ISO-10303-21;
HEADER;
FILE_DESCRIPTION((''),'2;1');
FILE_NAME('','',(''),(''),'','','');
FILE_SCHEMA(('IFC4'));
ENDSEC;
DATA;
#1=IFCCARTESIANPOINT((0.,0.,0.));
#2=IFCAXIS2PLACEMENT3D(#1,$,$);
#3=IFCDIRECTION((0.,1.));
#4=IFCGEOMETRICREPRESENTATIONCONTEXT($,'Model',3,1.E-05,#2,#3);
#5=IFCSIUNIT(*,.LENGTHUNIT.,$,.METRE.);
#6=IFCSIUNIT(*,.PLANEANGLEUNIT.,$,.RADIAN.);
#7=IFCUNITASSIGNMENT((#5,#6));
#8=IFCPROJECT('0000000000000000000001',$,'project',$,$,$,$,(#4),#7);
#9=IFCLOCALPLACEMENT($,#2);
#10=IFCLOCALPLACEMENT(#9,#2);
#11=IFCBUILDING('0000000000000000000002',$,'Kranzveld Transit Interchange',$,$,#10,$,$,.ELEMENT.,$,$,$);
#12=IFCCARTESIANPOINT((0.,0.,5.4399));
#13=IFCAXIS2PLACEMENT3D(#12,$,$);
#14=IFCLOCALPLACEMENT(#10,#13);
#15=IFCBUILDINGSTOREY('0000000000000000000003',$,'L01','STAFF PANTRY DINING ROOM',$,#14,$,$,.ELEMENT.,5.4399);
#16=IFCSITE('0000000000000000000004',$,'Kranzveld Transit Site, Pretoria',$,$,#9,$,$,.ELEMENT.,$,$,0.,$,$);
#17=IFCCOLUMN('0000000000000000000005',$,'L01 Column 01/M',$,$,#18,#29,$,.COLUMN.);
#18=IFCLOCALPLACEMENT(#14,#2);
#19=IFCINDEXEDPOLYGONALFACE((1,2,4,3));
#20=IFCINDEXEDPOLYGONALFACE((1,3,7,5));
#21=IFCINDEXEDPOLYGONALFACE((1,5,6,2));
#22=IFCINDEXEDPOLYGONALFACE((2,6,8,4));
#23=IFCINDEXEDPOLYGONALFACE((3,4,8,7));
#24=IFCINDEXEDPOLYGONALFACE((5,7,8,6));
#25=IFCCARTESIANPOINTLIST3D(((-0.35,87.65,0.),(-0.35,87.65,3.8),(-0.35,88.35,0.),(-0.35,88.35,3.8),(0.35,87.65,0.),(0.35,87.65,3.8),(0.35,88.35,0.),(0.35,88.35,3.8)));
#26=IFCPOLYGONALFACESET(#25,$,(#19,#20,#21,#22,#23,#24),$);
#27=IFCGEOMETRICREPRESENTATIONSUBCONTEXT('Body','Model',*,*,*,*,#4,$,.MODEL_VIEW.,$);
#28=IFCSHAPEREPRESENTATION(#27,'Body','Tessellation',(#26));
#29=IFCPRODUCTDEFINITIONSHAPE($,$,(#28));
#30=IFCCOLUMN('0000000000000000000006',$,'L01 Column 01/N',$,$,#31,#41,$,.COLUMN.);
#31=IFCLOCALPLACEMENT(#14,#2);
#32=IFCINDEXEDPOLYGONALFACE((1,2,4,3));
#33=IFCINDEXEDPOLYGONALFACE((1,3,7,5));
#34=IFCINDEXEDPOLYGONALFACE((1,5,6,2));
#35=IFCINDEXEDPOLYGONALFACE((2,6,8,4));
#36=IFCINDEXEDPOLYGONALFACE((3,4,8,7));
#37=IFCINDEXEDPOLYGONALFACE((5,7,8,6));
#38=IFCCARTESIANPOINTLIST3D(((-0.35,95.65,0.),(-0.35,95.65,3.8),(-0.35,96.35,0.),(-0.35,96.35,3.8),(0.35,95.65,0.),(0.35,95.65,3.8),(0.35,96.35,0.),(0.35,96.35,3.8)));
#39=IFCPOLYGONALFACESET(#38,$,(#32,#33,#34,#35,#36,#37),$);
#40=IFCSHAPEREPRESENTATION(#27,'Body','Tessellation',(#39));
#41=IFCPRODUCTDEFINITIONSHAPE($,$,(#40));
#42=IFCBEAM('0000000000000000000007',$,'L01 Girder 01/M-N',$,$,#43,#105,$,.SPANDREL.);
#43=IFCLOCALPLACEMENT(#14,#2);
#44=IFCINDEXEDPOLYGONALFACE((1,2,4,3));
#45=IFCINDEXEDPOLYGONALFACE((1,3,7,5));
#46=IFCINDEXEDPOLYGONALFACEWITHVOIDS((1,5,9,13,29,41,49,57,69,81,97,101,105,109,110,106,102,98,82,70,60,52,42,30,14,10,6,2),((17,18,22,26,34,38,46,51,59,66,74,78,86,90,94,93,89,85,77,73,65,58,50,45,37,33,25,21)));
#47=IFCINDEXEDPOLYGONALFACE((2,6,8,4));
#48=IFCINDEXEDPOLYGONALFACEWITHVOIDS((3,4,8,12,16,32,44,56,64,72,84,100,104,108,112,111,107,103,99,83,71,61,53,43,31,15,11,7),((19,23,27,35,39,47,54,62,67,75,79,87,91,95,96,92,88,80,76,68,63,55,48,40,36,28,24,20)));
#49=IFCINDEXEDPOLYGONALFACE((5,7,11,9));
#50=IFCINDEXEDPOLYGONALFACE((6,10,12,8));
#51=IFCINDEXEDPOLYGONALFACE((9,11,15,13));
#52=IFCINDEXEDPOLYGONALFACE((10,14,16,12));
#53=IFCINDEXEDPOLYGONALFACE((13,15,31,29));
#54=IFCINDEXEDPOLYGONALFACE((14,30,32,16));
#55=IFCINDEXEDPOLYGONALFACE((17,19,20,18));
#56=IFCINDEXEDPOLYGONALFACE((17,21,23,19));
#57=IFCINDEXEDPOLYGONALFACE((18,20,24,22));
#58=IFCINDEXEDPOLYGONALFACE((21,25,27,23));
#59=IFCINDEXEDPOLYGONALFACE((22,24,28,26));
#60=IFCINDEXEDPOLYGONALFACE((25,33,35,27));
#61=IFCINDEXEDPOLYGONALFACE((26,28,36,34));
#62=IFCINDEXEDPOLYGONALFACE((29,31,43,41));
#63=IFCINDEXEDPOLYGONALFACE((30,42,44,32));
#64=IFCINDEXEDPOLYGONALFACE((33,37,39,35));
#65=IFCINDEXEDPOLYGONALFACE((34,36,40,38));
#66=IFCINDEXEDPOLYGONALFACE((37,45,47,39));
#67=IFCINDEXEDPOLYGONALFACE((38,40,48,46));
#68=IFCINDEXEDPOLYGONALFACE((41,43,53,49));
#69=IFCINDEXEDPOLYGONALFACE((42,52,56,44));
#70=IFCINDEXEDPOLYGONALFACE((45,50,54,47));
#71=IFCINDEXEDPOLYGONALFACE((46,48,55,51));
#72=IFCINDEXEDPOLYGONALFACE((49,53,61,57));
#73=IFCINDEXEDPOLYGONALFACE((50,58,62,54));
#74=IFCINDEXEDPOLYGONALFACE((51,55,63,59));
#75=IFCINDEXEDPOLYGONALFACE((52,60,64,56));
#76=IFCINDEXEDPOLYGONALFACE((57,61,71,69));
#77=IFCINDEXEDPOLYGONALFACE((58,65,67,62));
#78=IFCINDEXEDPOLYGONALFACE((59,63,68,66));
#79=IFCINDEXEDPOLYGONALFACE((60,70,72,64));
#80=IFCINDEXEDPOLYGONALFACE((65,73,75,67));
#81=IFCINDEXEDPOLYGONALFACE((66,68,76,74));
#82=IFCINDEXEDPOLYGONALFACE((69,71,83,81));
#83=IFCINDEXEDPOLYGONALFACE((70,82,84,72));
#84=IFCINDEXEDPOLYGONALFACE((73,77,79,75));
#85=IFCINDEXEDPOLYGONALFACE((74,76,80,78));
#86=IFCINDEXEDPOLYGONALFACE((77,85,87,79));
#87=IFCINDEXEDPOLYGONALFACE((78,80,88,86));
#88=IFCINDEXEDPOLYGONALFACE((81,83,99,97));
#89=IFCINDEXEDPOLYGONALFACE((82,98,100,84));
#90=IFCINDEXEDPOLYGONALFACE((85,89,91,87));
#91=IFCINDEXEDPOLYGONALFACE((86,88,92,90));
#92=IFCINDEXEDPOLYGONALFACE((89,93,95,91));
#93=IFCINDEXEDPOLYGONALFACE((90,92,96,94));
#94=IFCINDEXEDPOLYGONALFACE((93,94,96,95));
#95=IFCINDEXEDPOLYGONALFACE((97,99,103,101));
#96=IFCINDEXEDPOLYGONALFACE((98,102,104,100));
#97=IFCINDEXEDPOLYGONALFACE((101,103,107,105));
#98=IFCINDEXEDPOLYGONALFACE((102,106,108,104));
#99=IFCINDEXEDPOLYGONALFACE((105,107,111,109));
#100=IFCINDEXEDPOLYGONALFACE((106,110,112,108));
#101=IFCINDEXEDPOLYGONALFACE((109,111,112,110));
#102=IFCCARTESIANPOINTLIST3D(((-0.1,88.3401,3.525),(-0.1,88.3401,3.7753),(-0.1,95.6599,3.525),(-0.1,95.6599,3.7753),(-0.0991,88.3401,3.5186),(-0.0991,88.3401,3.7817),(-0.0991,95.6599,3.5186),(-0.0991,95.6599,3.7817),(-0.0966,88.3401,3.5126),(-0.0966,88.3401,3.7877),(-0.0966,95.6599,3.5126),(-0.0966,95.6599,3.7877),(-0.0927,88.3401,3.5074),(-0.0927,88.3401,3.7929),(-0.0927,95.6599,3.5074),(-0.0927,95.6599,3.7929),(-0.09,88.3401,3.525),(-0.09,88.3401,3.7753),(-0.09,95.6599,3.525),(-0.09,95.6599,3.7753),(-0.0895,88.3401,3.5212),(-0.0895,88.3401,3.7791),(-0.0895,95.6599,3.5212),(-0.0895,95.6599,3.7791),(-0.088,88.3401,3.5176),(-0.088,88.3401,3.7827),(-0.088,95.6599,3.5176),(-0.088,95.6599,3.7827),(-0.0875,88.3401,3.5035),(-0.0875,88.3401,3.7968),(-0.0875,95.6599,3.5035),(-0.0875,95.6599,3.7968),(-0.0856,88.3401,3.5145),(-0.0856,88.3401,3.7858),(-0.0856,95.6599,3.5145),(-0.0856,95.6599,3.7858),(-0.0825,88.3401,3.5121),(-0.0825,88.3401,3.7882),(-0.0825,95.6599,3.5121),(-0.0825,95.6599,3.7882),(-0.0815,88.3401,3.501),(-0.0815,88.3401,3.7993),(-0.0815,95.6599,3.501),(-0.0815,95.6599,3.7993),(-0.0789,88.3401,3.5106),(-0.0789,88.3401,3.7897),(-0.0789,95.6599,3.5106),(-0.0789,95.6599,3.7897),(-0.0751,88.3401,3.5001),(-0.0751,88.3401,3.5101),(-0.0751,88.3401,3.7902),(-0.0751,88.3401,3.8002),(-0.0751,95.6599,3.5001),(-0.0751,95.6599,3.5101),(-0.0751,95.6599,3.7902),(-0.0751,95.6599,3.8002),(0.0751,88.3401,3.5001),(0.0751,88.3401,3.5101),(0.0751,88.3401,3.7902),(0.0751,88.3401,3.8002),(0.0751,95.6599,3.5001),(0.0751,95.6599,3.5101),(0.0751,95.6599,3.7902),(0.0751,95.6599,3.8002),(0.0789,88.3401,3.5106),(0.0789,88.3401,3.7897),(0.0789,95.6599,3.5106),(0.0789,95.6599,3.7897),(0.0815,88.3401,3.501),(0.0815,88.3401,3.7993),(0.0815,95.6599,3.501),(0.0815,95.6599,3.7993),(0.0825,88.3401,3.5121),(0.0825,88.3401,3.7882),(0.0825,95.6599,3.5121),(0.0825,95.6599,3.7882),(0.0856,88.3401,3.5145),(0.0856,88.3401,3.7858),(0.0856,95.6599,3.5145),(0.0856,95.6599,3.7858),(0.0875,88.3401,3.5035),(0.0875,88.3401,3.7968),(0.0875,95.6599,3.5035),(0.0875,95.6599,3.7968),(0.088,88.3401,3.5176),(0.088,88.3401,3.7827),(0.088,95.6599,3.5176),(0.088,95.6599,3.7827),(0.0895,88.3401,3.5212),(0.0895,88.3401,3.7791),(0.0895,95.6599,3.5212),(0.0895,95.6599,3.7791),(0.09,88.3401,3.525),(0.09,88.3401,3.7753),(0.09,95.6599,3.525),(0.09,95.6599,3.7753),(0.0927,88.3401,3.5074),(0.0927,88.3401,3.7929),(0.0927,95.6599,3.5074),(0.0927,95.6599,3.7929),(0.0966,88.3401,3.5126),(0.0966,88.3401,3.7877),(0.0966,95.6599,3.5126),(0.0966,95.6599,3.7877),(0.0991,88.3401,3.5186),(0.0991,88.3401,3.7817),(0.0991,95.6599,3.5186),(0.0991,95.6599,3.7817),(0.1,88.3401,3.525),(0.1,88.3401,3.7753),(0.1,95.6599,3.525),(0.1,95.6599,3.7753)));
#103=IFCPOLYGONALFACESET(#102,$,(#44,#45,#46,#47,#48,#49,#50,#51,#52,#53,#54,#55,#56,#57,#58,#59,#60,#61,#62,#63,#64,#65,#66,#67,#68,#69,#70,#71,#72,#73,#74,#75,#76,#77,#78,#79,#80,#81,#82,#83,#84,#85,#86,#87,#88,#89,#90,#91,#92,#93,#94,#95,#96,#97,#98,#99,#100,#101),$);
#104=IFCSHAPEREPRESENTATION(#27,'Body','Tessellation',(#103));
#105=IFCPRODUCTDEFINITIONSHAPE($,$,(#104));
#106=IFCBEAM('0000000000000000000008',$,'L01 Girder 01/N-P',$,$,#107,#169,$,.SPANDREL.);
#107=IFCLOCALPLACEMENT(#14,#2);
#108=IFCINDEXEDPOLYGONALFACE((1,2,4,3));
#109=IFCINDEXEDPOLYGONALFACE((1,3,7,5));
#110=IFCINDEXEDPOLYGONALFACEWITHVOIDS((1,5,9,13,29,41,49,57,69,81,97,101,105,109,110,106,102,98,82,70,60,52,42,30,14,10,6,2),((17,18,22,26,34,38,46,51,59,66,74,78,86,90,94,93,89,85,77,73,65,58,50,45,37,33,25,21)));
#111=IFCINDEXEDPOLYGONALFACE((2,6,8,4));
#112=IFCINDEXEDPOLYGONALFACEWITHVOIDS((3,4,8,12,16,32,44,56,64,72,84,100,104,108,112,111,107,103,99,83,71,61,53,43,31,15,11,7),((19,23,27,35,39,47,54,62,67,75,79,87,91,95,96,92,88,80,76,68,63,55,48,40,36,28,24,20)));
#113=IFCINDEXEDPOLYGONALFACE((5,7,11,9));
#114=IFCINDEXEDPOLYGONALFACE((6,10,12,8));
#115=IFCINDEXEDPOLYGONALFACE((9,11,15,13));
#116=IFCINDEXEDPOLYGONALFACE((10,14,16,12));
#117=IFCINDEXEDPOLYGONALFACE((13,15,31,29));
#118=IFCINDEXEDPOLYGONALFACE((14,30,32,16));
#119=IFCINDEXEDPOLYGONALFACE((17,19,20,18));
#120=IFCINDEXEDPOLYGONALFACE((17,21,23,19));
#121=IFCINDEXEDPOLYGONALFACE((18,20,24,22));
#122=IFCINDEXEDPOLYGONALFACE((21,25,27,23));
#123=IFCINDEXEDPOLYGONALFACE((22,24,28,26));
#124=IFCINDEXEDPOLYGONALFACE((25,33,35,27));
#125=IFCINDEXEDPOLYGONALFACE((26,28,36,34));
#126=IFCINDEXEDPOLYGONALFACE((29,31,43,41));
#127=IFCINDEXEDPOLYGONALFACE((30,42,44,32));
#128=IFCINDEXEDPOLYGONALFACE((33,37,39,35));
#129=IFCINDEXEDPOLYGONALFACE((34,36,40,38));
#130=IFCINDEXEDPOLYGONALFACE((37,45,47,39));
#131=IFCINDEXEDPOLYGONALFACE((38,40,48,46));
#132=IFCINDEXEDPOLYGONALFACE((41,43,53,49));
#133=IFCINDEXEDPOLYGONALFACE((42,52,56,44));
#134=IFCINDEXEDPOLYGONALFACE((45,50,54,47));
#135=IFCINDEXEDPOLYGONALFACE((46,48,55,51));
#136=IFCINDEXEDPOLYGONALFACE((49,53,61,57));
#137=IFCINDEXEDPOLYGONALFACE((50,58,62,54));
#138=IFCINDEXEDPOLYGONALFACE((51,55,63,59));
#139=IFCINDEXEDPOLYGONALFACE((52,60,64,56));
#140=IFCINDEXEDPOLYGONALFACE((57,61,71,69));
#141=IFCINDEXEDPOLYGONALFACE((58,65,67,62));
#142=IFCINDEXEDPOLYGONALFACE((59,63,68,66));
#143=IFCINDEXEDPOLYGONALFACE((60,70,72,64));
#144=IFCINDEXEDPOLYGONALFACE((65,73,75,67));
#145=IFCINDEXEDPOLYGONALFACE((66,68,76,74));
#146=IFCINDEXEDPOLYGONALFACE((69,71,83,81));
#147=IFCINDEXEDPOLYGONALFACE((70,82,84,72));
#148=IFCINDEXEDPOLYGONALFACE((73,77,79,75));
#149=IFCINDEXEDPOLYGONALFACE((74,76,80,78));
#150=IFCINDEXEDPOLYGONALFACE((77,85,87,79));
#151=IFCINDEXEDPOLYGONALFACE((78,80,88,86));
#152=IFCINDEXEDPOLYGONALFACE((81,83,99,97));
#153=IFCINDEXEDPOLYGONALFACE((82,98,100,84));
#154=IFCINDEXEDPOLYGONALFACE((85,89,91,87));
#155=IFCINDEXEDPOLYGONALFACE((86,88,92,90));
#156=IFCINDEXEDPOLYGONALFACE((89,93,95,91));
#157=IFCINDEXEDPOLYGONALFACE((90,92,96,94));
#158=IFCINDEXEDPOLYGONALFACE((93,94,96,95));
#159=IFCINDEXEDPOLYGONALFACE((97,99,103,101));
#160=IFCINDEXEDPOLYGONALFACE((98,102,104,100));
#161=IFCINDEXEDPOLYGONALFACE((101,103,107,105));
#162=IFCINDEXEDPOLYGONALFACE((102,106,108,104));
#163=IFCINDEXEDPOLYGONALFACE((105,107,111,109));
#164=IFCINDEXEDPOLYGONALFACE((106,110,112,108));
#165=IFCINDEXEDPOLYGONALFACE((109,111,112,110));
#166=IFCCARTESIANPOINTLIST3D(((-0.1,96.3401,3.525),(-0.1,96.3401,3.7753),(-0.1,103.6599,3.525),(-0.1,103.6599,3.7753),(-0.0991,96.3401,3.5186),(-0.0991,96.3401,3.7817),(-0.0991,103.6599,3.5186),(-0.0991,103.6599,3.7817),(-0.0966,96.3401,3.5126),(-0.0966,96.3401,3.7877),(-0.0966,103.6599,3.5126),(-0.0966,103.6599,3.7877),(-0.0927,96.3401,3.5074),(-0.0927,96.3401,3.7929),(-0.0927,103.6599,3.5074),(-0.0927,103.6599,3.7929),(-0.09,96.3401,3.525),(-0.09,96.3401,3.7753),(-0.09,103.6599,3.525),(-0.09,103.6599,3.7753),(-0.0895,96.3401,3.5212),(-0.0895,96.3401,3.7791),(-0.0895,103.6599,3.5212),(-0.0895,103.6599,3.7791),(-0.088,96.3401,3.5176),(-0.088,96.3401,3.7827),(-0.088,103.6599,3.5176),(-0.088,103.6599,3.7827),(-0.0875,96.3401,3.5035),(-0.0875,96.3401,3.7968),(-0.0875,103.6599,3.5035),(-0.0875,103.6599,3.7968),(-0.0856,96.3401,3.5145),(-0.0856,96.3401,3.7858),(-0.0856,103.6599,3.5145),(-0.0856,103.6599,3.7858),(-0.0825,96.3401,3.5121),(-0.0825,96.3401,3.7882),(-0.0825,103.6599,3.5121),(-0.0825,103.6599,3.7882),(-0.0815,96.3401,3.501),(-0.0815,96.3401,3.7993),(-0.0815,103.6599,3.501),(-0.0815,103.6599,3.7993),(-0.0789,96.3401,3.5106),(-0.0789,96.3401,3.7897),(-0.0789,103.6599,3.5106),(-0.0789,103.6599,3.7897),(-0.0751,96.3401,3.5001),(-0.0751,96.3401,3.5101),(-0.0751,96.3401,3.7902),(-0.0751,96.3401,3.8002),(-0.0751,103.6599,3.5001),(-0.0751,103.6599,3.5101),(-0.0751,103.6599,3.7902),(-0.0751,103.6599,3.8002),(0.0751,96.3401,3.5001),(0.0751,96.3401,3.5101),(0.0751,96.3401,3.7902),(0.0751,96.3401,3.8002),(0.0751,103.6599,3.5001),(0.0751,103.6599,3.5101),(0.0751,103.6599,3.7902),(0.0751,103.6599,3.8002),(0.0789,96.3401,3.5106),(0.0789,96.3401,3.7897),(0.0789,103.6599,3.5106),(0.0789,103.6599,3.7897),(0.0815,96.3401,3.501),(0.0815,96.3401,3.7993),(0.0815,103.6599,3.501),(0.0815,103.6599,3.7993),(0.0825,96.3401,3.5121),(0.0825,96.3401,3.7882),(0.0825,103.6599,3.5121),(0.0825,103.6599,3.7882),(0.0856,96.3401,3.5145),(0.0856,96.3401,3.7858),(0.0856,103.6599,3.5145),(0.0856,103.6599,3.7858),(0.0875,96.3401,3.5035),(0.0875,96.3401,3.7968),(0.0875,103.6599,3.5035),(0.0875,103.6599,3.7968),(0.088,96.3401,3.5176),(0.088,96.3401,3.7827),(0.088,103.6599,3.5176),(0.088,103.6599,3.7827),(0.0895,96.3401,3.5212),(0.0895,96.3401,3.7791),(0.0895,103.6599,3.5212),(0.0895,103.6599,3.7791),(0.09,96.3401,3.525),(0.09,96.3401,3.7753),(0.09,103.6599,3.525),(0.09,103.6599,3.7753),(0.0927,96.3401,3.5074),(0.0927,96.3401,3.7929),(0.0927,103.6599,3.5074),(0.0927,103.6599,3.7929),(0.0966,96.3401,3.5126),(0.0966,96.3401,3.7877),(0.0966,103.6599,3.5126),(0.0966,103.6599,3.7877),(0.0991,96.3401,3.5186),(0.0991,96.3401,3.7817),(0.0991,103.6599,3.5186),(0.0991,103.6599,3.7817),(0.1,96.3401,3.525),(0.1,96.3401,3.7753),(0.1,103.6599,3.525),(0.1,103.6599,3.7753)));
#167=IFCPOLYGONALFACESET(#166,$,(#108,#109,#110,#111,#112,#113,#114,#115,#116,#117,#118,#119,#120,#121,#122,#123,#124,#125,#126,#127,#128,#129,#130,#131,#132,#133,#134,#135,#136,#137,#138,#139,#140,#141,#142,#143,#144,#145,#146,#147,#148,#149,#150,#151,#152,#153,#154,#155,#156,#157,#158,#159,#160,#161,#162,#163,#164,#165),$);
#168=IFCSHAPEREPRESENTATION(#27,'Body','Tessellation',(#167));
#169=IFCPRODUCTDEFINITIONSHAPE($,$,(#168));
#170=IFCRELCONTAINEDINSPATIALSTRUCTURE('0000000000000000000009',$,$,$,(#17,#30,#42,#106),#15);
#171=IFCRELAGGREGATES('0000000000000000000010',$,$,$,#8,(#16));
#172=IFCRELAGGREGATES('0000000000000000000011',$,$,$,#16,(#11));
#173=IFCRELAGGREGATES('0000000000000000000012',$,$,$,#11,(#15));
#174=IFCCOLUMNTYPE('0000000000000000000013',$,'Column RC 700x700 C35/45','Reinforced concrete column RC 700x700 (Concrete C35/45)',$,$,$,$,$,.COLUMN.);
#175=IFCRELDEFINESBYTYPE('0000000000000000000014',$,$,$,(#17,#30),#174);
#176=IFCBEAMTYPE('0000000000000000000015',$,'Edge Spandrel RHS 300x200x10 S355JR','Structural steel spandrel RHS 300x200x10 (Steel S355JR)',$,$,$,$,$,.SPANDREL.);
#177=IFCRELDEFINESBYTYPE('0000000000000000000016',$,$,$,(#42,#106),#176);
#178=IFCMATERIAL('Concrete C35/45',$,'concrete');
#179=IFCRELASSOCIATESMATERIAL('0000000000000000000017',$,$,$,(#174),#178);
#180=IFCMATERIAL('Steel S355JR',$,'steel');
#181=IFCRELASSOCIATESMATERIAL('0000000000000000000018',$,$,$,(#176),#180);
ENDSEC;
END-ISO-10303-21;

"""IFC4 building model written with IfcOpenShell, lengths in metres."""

from ifc_helpers import new_model, si_unit, direction, frame, origin, origin_2d, place, context, subcontext, project, spatial, rectangle, hollow_rectangle, extrude, material, material_profile, profile_set, type_object, element, save


model = new_model("IFC4")

# Units and contexts
model_context = context("Model", 3, precision=1e-05, world=origin(), true_north=direction((0.0, 1.0)))
body_context = subcontext(model_context, "Body", "Model", "MODEL_VIEW")
ifc_project = project(units=[si_unit("LENGTHUNIT", "METRE"), si_unit("PLANEANGLEUNIT", "RADIAN")], contexts=[model_context])

# Site, building, storey
site_placement = place(None, origin())
site = spatial("IfcSite", under=ifc_project, at=site_placement, Name="Kranzveld Transit Site, Pretoria", CompositionType="ELEMENT", RefElevation=0.0)
building_placement = place(site_placement, origin())
building = spatial("IfcBuilding", under=site, at=building_placement, Name="Kranzveld Transit Interchange", CompositionType="ELEMENT")
storey_placement = place(building_placement, frame((0.0, 0.0, 5.4399)))
storey = spatial("IfcBuildingStorey", under=building, at=storey_placement, Name="L01", Description="STAFF PANTRY DINING ROOM", CompositionType="ELEMENT", Elevation=5.4399)

# Columns
ifc_material_1 = material(Name="Concrete C35/45", Category="concrete")
ifc_material_profile_1 = material_profile(ifc_material_1, rectangle(XDim=0.7, YDim=0.7, at=origin_2d()), Name="RC 700x700")
ifc_profile_set_1 = profile_set([ifc_material_profile_1], Name="Concrete C35/45")
column_type = type_object("IfcColumnType", Name="Column RC 700x700 C35/45", Description="Reinforced concrete column RC 700x700 (Concrete C35/45)", PredefinedType="COLUMN", material=ifc_profile_set_1)
for number, where, z_axis, x_axis, name in (
    (1, (0.0, 88.0, 0.0), (0.0, 0.0, 1.0), (1.0, 0.0, 0.0), "L01 Column 01/M"),
    (2, (0.0, 96.0, 0.0), (0.0, 0.0, 1.0), (1.0, 0.0, 0.0), "L01 Column 01/N"),
):
    element("IfcColumn", number, at=place(storey_placement, frame(where, z_axis=z_axis, x_axis=x_axis)), inside=storey, type_object=column_type, Name=name, PredefinedType="COLUMN", context=body_context, shape_type="SweptSolid", body=[
        extrude(rectangle(XDim=0.7, YDim=0.7, at=origin_2d()), origin(), (0.0, 0.0, 1.0), 3.8),
    ])

# Beams
ifc_material_2 = material(Name="Steel S355JR", Category="steel")
ifc_material_profile_2 = material_profile(ifc_material_2, hollow_rectangle(XDim=0.2, YDim=0.3, WallThickness=0.01, InnerFilletRadius=0.0149, OuterFilletRadius=0.0249, at=origin_2d()), Name="RHS 300x200x10")
ifc_profile_set_2 = profile_set([ifc_material_profile_2], Name="Steel S355JR")
beam_type_1 = type_object("IfcBeamType", Name="Edge Spandrel RHS 300x200x10 S355JR", Description="Structural steel spandrel RHS 300x200x10 (Steel S355JR)", PredefinedType="SPANDREL", material=ifc_profile_set_2)
for number, where, z_axis, x_axis, name in (
    (3, (0.0, 88.3401, 3.6501), (0.0, 1.0, 0.0), (-1.0, 0.0, 0.0), "L01 Girder 01/M-N"),
    (4, (0.0, 96.3401, 3.6501), (0.0, 1.0, 0.0), (-1.0, 0.0, 0.0), "L01 Girder 01/N-P"),
):
    element("IfcBeam", number, at=place(storey_placement, frame(where, z_axis=z_axis, x_axis=x_axis)), inside=storey, type_object=beam_type_1, Name=name, PredefinedType="SPANDREL", context=body_context, shape_type="SweptSolid", body=[
        extrude(hollow_rectangle(XDim=0.2, YDim=0.3, WallThickness=0.01, InnerFilletRadius=0.0149, OuterFilletRadius=0.0249, at=origin_2d()), origin(), (0.0, 0.0, 1.0), 7.3198),
    ])

save(model, "model.ifc")
